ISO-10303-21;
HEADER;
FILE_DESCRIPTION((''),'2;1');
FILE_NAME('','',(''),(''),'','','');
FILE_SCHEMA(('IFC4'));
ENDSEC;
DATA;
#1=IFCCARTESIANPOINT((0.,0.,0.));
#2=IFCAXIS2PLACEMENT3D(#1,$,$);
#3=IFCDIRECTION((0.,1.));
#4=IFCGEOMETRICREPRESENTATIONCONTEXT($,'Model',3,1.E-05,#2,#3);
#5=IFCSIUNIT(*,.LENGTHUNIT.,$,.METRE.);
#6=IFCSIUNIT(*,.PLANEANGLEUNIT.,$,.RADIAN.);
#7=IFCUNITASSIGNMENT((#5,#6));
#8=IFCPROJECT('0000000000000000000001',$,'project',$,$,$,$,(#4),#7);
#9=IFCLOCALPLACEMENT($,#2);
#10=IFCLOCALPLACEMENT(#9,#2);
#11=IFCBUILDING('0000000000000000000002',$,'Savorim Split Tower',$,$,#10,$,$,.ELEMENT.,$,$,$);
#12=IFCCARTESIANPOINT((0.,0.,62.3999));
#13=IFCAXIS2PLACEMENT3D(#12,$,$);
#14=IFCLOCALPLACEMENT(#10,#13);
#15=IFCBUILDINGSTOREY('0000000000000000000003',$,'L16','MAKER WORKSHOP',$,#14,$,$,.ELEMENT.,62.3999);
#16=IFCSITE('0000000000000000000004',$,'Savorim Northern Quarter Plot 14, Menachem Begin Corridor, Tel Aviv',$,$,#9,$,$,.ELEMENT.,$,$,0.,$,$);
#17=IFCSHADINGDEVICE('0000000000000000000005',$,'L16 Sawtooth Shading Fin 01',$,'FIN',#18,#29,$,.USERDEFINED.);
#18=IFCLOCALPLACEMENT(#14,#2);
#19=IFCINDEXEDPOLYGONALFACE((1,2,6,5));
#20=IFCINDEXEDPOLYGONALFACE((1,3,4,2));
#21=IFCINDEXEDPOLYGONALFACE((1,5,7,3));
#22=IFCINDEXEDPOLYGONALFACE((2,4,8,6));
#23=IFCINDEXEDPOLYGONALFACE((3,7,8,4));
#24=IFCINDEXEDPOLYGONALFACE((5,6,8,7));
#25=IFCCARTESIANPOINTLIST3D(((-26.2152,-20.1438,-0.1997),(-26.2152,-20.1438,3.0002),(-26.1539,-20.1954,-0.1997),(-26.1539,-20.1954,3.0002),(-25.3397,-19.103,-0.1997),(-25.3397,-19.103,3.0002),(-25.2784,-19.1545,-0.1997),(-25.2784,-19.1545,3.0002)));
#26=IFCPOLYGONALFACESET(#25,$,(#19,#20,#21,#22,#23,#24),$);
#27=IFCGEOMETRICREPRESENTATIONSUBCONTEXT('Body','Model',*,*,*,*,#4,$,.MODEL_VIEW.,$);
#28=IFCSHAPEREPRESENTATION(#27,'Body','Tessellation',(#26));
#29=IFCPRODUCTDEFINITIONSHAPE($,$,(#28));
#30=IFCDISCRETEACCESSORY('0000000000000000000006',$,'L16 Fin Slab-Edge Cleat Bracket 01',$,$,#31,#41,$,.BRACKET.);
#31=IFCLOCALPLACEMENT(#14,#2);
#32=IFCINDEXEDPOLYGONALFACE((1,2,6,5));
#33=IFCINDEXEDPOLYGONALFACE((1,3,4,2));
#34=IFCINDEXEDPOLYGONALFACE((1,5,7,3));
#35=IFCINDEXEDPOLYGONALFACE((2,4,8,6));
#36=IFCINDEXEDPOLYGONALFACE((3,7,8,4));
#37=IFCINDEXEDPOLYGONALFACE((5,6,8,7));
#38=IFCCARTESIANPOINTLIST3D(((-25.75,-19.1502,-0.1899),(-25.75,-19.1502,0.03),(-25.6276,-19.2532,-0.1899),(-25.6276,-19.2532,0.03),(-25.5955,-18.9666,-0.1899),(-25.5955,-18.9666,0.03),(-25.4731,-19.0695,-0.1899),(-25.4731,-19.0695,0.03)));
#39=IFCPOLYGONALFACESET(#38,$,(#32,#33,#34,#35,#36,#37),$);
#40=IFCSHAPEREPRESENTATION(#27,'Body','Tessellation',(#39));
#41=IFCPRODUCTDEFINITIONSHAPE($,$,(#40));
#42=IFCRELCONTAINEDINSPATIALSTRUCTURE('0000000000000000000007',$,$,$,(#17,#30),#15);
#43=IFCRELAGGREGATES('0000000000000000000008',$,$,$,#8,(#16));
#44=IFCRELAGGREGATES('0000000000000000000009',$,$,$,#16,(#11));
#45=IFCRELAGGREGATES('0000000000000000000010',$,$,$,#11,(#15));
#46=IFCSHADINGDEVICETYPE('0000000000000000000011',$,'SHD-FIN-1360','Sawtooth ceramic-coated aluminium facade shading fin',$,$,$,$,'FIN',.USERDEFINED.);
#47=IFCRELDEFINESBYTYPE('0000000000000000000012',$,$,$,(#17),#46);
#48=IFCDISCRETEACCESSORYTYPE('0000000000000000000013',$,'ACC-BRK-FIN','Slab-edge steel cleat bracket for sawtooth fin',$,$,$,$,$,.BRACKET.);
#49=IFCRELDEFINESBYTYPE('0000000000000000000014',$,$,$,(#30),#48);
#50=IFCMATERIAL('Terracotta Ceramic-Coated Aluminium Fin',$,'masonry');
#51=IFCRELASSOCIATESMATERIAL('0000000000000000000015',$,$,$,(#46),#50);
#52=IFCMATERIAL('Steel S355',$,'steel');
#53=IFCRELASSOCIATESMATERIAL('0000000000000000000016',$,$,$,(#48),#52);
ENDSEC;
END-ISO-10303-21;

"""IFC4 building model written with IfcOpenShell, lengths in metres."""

from ifc_helpers import new_model, si_unit, direction, frame, origin, origin_2d, place, context, subcontext, project, spatial, rectangle, extrude, material, type_object, element, save


model = new_model("IFC4")

# Units and contexts
model_context = context("Model", 3, precision=1e-05, world=origin(), true_north=direction((0.0, 1.0)))
body_context = subcontext(model_context, "Body", "Model", "MODEL_VIEW")
ifc_project = project(units=[si_unit("LENGTHUNIT", "METRE"), si_unit("PLANEANGLEUNIT", "RADIAN")], contexts=[model_context])

# Site, building, storey
site_placement = place(None, origin())
site = spatial("IfcSite", under=ifc_project, at=site_placement, Name="Savorim Northern Quarter Plot 14, Menachem Begin Corridor, Tel Aviv", CompositionType="ELEMENT", RefElevation=0.0)
building_placement = place(site_placement, origin())
building = spatial("IfcBuilding", under=site, at=building_placement, Name="Savorim Split Tower", CompositionType="ELEMENT")
storey_placement = place(building_placement, frame((0.0, 0.0, 62.3999)))
storey = spatial("IfcBuildingStorey", under=building, at=storey_placement, Name="L16", Description="MAKER WORKSHOP", CompositionType="ELEMENT", Elevation=62.3999)

# Shared definitions
ifc_material_1 = material(Name="Steel S355", Category="steel")

# Shading device
ifc_material_2 = material(Name="Terracotta Ceramic-Coated Aluminium Fin", Category="masonry")
shading_device_type = type_object("IfcShadingDeviceType", Name="SHD-FIN-1360", Description="Sawtooth ceramic-coated aluminium facade shading fin", ElementType="FIN", PredefinedType="USERDEFINED", material=ifc_material_2)
shading_device_placement = place(storey_placement, frame((-25.7468, -19.6492, -0.1997), z_axis=(0.0, 0.0, 1.0), x_axis=(-0.643719, -0.765262, 0.0)))
element("IfcShadingDevice", 1, at=shading_device_placement, inside=storey, type_object=shading_device_type, Name="L16 Sawtooth Shading Fin 01", ObjectType="FIN", PredefinedType="USERDEFINED", context=body_context, shape_type="SweptSolid", body=[
    extrude(rectangle(XDim=1.3601, YDim=0.0801, at=origin_2d()), origin(), (0.0, 0.0, 1.0), 3.2),
])

# Discrete accessory
discrete_accessory_type = type_object("IfcDiscreteAccessoryType", Name="ACC-BRK-FIN", Description="Slab-edge steel cleat bracket for sawtooth fin", PredefinedType="BRACKET", material=ifc_material_1)
discrete_accessory_placement = place(storey_placement, frame((-25.6116, -19.1099, -0.1899), z_axis=(0.0, 0.0, 1.0), x_axis=(-0.643719, -0.765262, 0.0)))
element("IfcDiscreteAccessory", 2, at=discrete_accessory_placement, inside=storey, type_object=discrete_accessory_type, Name="L16 Fin Slab-Edge Cleat Bracket 01", PredefinedType="BRACKET", context=body_context, shape_type="SweptSolid", body=[
    extrude(rectangle(XDim=0.24, YDim=0.1599, at=origin_2d()), origin(), (0.0, 0.0, 1.0), 0.22),
])

save(model, "model.ifc")
